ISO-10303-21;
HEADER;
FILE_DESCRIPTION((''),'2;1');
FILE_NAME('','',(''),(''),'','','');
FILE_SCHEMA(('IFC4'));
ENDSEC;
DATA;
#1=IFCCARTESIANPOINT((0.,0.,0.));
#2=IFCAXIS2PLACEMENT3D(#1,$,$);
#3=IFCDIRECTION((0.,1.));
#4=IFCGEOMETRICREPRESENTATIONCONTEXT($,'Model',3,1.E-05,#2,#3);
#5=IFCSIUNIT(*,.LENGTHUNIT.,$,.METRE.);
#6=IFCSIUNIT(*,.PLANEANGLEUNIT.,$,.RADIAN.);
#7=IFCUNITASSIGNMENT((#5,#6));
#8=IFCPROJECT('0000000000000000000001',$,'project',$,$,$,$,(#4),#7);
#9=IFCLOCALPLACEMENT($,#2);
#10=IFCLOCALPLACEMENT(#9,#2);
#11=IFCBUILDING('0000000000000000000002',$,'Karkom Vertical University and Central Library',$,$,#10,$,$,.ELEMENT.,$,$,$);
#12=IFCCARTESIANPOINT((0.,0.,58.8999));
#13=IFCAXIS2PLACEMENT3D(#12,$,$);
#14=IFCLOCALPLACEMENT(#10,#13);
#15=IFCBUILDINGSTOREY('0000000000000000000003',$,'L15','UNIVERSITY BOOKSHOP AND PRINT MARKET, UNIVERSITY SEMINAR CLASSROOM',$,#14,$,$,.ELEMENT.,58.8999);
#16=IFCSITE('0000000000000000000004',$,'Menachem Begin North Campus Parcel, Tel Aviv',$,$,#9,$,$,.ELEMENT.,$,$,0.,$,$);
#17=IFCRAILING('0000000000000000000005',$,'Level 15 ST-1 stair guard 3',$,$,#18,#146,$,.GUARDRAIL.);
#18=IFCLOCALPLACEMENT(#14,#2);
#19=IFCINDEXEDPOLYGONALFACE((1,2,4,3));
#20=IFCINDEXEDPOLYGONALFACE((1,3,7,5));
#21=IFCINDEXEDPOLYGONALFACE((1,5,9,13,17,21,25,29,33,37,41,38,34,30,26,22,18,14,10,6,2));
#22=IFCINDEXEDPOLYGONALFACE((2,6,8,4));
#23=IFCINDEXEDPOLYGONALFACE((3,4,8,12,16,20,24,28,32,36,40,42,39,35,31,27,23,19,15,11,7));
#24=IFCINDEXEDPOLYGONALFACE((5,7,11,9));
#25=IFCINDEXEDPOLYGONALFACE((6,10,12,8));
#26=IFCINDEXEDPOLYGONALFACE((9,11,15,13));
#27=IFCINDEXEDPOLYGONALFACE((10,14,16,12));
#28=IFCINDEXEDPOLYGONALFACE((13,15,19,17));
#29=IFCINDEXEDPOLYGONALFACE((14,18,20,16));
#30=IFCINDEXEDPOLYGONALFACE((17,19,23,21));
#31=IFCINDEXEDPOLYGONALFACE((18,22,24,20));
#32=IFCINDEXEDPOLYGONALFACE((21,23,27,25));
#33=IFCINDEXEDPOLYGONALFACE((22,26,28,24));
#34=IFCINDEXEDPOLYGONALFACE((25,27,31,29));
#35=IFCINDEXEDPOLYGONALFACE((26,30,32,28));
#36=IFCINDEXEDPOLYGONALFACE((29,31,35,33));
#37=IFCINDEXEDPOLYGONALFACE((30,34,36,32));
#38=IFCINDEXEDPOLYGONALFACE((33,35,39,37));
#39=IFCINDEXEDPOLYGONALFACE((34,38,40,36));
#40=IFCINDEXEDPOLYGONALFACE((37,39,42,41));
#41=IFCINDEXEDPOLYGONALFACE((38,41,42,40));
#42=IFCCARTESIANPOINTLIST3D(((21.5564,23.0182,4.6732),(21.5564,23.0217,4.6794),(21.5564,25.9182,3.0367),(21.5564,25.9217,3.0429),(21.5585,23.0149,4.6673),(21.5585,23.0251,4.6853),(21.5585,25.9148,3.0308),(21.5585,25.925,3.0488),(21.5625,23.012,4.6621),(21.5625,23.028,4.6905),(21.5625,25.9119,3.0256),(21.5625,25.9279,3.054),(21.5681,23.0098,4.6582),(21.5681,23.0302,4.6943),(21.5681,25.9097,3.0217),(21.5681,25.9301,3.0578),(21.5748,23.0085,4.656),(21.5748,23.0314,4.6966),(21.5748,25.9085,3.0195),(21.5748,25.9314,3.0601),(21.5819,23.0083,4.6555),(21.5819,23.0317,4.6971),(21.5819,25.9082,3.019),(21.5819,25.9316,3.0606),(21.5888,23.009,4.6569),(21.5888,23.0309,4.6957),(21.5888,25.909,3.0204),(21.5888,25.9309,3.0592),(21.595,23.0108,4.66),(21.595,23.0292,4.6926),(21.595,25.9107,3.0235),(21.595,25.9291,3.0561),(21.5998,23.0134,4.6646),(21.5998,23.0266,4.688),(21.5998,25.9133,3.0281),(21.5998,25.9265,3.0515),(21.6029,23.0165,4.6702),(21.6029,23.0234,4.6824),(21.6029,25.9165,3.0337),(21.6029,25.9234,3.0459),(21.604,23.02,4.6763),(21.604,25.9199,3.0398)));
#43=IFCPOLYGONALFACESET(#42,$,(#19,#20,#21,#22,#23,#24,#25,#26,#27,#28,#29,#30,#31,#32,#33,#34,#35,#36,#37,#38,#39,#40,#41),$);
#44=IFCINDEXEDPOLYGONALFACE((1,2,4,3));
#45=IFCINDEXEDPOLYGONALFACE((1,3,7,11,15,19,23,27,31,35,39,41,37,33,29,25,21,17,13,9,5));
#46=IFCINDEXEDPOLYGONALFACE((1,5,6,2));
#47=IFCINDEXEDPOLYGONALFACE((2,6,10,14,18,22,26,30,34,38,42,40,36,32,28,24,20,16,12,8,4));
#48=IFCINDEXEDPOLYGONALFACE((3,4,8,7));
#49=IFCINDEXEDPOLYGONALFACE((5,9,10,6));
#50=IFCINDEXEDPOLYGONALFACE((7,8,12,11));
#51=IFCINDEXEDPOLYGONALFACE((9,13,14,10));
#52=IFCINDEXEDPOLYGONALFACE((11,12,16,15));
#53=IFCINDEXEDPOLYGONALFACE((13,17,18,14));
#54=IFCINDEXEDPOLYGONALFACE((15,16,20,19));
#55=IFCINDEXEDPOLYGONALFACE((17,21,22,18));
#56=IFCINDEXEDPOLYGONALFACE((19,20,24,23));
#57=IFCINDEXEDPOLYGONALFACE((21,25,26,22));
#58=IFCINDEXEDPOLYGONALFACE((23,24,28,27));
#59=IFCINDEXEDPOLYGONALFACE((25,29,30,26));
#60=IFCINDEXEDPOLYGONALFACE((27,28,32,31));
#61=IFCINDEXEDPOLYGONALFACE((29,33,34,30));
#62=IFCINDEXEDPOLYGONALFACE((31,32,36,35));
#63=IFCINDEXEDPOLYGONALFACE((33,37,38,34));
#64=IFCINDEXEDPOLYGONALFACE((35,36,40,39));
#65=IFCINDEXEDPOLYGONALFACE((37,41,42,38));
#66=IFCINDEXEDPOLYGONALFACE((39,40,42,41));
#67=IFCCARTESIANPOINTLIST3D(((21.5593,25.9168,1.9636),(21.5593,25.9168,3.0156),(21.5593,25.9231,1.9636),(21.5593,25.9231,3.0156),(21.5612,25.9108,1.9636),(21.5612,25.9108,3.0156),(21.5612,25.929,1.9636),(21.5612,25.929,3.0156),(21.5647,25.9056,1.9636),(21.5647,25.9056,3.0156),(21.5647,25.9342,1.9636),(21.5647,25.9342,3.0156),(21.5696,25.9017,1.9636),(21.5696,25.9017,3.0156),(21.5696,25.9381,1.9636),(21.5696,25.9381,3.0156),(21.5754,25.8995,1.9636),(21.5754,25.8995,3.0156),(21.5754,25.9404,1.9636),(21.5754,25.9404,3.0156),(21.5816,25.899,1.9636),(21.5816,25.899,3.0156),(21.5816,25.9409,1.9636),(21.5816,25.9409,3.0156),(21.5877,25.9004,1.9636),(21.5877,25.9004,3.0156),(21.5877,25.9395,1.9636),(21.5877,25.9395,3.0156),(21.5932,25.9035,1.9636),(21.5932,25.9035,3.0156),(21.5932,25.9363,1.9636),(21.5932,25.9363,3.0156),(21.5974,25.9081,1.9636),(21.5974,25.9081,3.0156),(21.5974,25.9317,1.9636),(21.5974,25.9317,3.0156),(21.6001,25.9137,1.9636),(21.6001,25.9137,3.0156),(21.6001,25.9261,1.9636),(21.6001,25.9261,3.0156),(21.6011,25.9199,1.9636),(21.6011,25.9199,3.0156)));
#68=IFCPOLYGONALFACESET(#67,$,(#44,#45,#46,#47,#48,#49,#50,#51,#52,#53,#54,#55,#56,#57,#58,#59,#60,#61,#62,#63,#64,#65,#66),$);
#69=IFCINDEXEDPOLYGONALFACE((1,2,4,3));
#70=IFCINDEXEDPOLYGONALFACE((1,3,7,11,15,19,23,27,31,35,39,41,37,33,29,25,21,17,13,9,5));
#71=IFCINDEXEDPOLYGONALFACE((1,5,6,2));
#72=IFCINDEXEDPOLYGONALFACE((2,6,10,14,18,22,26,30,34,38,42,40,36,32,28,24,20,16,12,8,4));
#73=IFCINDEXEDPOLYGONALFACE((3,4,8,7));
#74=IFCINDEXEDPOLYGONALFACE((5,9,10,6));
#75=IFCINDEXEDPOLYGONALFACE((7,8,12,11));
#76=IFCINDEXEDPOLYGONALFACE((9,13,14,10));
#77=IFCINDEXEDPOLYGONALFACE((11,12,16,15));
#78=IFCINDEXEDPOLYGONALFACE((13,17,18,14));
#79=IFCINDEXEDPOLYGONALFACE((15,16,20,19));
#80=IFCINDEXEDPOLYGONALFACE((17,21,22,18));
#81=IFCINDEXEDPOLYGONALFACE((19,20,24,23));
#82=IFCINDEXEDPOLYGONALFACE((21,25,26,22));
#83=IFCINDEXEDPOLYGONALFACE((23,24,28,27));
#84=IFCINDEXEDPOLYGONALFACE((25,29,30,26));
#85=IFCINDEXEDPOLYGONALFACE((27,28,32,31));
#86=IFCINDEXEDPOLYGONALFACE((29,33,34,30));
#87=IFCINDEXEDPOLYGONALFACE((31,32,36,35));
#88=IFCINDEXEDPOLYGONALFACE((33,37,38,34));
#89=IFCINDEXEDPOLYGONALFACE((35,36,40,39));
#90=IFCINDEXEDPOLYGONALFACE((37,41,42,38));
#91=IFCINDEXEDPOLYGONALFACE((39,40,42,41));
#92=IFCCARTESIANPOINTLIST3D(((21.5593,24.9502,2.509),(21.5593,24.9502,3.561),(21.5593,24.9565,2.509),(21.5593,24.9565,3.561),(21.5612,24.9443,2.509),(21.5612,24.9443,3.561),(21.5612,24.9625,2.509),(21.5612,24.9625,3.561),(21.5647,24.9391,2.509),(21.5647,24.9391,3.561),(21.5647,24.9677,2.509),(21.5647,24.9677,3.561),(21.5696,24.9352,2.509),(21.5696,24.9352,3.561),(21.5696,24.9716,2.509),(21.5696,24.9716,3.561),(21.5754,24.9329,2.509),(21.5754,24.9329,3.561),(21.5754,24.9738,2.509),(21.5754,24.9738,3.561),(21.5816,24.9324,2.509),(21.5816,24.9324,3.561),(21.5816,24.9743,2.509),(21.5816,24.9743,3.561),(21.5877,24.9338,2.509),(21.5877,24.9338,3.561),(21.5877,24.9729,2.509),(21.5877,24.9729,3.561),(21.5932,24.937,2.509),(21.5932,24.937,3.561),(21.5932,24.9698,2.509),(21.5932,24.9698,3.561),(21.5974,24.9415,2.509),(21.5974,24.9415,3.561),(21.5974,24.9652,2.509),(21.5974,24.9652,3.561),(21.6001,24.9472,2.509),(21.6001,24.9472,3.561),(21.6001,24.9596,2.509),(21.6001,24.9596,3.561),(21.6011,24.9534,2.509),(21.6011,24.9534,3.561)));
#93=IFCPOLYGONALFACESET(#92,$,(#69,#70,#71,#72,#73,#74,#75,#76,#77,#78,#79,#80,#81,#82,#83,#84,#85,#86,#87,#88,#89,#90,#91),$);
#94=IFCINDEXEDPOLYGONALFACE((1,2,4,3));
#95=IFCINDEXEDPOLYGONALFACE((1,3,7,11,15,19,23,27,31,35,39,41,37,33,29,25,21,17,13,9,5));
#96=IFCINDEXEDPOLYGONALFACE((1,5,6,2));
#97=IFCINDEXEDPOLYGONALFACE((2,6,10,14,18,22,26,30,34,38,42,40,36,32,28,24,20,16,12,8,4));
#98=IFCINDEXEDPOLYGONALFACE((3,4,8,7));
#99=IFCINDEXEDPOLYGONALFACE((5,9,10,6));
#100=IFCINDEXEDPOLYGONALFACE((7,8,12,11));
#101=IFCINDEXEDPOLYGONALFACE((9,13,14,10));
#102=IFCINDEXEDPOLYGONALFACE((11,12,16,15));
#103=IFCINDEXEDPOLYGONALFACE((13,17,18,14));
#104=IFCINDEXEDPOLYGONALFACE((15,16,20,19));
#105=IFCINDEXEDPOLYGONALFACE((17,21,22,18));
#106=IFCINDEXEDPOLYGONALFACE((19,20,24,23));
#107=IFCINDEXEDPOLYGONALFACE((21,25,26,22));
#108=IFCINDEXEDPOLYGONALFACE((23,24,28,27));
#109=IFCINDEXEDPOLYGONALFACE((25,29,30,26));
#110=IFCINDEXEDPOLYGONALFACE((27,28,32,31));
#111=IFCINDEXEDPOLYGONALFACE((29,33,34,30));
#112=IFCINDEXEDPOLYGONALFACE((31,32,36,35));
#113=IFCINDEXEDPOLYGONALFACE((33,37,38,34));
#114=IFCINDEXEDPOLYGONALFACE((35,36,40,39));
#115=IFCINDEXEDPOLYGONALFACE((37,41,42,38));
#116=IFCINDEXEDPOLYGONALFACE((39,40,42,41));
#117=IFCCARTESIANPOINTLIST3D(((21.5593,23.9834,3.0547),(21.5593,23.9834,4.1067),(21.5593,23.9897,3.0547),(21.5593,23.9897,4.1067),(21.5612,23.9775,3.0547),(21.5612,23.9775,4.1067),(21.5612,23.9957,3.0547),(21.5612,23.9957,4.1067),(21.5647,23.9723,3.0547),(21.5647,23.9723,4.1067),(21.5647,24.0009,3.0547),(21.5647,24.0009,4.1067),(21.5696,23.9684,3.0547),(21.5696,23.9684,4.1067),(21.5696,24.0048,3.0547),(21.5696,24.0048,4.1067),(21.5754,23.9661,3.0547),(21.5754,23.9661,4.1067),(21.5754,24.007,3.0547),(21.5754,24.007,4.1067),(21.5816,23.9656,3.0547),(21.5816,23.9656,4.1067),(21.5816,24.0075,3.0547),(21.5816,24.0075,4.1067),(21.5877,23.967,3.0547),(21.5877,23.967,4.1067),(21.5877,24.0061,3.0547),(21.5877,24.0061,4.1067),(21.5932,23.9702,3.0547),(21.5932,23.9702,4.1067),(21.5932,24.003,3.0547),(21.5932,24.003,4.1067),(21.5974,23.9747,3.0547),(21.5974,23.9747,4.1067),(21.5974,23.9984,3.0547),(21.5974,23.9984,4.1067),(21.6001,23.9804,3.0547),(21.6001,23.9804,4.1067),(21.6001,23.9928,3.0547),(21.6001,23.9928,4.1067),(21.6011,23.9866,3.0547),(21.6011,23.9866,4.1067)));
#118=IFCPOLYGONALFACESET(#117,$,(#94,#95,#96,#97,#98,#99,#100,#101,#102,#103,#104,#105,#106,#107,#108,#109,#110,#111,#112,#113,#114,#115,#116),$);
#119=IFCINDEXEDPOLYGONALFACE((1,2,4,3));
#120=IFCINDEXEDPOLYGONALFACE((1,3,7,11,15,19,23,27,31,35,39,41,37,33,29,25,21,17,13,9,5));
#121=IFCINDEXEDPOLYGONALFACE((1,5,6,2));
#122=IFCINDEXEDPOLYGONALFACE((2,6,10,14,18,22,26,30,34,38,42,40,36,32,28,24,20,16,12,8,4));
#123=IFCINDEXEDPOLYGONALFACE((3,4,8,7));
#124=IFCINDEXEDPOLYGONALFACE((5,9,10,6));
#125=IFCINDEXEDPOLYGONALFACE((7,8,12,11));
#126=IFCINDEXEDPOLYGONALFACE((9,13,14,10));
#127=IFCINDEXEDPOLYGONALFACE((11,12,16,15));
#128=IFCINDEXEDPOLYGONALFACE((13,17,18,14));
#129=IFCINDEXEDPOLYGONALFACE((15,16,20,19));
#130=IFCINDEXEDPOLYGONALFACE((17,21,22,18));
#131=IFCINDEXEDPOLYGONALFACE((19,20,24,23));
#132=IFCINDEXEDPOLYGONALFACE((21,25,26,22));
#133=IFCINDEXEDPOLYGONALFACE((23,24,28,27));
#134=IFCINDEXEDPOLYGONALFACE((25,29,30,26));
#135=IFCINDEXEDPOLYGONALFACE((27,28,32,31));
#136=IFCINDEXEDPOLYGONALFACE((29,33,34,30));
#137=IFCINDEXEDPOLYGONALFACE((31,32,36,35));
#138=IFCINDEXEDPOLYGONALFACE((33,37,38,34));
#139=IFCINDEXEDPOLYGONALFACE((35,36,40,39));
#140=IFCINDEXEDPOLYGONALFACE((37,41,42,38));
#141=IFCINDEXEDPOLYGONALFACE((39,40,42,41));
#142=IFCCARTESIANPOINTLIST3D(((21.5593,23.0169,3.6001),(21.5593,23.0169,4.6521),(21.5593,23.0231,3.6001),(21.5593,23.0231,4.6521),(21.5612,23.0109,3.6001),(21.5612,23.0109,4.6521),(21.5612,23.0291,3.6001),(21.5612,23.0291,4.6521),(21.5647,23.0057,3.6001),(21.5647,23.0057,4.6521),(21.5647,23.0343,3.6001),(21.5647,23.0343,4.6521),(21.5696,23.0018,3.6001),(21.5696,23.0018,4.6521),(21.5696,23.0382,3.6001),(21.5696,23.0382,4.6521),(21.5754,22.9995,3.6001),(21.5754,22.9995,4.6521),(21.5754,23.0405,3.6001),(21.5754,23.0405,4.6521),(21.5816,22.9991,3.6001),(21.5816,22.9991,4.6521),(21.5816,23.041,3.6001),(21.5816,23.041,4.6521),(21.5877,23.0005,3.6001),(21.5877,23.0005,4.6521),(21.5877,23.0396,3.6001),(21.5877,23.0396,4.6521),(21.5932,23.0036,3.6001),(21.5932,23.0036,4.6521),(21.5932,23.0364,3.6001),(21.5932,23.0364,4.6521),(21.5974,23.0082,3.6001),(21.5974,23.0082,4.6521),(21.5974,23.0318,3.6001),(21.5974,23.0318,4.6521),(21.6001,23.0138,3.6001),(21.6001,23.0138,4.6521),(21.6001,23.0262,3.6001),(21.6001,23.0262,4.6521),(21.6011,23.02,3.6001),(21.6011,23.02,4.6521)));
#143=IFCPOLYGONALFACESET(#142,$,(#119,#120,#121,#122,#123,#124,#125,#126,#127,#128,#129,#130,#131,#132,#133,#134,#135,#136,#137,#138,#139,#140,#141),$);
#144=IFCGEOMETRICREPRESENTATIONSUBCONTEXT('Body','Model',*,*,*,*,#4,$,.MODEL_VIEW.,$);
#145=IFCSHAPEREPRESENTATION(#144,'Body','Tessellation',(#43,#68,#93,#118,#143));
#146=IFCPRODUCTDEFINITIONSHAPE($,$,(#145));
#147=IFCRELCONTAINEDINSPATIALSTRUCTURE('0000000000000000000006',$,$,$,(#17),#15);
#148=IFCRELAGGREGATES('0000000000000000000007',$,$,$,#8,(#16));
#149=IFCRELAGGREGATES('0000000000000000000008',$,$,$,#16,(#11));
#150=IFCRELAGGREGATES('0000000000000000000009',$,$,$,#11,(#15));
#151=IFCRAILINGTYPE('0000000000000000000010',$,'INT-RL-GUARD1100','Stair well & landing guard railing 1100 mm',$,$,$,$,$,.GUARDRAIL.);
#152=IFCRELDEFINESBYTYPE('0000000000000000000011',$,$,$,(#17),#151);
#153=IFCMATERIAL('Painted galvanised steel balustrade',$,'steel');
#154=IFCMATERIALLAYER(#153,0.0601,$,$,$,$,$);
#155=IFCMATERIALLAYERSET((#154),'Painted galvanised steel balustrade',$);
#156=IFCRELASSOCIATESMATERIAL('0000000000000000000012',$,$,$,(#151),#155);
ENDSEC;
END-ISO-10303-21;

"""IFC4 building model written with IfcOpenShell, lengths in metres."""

from ifc_helpers import new_model, si_unit, direction, frame, origin, origin_2d, place, context, subcontext, project, spatial, circle, extrude, material, layer, layer_set, type_object, element, save


model = new_model("IFC4")

# Units and contexts
model_context = context("Model", 3, precision=1e-05, world=origin(), true_north=direction((0.0, 1.0)))
body_context = subcontext(model_context, "Body", "Model", "MODEL_VIEW")
ifc_project = project(units=[si_unit("LENGTHUNIT", "METRE"), si_unit("PLANEANGLEUNIT", "RADIAN")], contexts=[model_context])

# Site, building, storey
site_placement = place(None, origin())
site = spatial("IfcSite", under=ifc_project, at=site_placement, Name="Menachem Begin North Campus Parcel, Tel Aviv", CompositionType="ELEMENT", RefElevation=0.0)
building_placement = place(site_placement, origin())
building = spatial("IfcBuilding", under=site, at=building_placement, Name="Karkom Vertical University and Central Library", CompositionType="ELEMENT")
storey_placement = place(building_placement, frame((0.0, 0.0, 58.8999)))
storey = spatial("IfcBuildingStorey", under=building, at=storey_placement, Name="L15", Description="UNIVERSITY BOOKSHOP AND PRINT MARKET, UNIVERSITY SEMINAR CLASSROOM", CompositionType="ELEMENT", Elevation=58.8999)

# Railing
ifc_material_1 = material(Name="Painted galvanised steel balustrade", Category="steel")
ifc_layer_1 = layer(ifc_material_1, 0.0601)
ifc_layer_set_1 = layer_set([ifc_layer_1], Name="Painted galvanised steel balustrade")
railing_type_1 = type_object("IfcRailingType", Name="INT-RL-GUARD1100", Description="Stair well & landing guard railing 1100 mm", PredefinedType="GUARDRAIL", material=ifc_layer_set_1)
railing_1_placement = place(storey_placement, frame((21.5801, 25.9199, 1.9636)))
element("IfcRailing", 1, at=railing_1_placement, inside=storey, type_object=railing_type_1, Name="Level 15 ST-1 stair guard 3", PredefinedType="GUARDRAIL", context=body_context, shape_type="SweptSolid", body=[
    extrude(circle(Radius=0.0239, at=origin_2d()), frame((0.0, 0.0, 1.0762), z_axis=(0.0, -0.870897, 0.491465), x_axis=(1.0, 0.0, 0.0)), (0.0, 0.0, 1.0), 3.3298),
    extrude(circle(Radius=0.021, at=origin_2d()), origin(), (0.0, 0.0, 1.0), 1.052),
    extrude(circle(Radius=0.021, at=origin_2d()), frame((0.0, -0.9666, 0.5454)), (0.0, 0.0, 1.0), 1.052),
    extrude(circle(Radius=0.021, at=origin_2d()), frame((0.0, -1.9333, 1.0911)), (0.0, 0.0, 1.0), 1.052),
    extrude(circle(Radius=0.021, at=origin_2d()), frame((0.0, -2.8999, 1.6365)), (0.0, 0.0, 1.0), 1.052),
])

save(model, "model.ifc")
